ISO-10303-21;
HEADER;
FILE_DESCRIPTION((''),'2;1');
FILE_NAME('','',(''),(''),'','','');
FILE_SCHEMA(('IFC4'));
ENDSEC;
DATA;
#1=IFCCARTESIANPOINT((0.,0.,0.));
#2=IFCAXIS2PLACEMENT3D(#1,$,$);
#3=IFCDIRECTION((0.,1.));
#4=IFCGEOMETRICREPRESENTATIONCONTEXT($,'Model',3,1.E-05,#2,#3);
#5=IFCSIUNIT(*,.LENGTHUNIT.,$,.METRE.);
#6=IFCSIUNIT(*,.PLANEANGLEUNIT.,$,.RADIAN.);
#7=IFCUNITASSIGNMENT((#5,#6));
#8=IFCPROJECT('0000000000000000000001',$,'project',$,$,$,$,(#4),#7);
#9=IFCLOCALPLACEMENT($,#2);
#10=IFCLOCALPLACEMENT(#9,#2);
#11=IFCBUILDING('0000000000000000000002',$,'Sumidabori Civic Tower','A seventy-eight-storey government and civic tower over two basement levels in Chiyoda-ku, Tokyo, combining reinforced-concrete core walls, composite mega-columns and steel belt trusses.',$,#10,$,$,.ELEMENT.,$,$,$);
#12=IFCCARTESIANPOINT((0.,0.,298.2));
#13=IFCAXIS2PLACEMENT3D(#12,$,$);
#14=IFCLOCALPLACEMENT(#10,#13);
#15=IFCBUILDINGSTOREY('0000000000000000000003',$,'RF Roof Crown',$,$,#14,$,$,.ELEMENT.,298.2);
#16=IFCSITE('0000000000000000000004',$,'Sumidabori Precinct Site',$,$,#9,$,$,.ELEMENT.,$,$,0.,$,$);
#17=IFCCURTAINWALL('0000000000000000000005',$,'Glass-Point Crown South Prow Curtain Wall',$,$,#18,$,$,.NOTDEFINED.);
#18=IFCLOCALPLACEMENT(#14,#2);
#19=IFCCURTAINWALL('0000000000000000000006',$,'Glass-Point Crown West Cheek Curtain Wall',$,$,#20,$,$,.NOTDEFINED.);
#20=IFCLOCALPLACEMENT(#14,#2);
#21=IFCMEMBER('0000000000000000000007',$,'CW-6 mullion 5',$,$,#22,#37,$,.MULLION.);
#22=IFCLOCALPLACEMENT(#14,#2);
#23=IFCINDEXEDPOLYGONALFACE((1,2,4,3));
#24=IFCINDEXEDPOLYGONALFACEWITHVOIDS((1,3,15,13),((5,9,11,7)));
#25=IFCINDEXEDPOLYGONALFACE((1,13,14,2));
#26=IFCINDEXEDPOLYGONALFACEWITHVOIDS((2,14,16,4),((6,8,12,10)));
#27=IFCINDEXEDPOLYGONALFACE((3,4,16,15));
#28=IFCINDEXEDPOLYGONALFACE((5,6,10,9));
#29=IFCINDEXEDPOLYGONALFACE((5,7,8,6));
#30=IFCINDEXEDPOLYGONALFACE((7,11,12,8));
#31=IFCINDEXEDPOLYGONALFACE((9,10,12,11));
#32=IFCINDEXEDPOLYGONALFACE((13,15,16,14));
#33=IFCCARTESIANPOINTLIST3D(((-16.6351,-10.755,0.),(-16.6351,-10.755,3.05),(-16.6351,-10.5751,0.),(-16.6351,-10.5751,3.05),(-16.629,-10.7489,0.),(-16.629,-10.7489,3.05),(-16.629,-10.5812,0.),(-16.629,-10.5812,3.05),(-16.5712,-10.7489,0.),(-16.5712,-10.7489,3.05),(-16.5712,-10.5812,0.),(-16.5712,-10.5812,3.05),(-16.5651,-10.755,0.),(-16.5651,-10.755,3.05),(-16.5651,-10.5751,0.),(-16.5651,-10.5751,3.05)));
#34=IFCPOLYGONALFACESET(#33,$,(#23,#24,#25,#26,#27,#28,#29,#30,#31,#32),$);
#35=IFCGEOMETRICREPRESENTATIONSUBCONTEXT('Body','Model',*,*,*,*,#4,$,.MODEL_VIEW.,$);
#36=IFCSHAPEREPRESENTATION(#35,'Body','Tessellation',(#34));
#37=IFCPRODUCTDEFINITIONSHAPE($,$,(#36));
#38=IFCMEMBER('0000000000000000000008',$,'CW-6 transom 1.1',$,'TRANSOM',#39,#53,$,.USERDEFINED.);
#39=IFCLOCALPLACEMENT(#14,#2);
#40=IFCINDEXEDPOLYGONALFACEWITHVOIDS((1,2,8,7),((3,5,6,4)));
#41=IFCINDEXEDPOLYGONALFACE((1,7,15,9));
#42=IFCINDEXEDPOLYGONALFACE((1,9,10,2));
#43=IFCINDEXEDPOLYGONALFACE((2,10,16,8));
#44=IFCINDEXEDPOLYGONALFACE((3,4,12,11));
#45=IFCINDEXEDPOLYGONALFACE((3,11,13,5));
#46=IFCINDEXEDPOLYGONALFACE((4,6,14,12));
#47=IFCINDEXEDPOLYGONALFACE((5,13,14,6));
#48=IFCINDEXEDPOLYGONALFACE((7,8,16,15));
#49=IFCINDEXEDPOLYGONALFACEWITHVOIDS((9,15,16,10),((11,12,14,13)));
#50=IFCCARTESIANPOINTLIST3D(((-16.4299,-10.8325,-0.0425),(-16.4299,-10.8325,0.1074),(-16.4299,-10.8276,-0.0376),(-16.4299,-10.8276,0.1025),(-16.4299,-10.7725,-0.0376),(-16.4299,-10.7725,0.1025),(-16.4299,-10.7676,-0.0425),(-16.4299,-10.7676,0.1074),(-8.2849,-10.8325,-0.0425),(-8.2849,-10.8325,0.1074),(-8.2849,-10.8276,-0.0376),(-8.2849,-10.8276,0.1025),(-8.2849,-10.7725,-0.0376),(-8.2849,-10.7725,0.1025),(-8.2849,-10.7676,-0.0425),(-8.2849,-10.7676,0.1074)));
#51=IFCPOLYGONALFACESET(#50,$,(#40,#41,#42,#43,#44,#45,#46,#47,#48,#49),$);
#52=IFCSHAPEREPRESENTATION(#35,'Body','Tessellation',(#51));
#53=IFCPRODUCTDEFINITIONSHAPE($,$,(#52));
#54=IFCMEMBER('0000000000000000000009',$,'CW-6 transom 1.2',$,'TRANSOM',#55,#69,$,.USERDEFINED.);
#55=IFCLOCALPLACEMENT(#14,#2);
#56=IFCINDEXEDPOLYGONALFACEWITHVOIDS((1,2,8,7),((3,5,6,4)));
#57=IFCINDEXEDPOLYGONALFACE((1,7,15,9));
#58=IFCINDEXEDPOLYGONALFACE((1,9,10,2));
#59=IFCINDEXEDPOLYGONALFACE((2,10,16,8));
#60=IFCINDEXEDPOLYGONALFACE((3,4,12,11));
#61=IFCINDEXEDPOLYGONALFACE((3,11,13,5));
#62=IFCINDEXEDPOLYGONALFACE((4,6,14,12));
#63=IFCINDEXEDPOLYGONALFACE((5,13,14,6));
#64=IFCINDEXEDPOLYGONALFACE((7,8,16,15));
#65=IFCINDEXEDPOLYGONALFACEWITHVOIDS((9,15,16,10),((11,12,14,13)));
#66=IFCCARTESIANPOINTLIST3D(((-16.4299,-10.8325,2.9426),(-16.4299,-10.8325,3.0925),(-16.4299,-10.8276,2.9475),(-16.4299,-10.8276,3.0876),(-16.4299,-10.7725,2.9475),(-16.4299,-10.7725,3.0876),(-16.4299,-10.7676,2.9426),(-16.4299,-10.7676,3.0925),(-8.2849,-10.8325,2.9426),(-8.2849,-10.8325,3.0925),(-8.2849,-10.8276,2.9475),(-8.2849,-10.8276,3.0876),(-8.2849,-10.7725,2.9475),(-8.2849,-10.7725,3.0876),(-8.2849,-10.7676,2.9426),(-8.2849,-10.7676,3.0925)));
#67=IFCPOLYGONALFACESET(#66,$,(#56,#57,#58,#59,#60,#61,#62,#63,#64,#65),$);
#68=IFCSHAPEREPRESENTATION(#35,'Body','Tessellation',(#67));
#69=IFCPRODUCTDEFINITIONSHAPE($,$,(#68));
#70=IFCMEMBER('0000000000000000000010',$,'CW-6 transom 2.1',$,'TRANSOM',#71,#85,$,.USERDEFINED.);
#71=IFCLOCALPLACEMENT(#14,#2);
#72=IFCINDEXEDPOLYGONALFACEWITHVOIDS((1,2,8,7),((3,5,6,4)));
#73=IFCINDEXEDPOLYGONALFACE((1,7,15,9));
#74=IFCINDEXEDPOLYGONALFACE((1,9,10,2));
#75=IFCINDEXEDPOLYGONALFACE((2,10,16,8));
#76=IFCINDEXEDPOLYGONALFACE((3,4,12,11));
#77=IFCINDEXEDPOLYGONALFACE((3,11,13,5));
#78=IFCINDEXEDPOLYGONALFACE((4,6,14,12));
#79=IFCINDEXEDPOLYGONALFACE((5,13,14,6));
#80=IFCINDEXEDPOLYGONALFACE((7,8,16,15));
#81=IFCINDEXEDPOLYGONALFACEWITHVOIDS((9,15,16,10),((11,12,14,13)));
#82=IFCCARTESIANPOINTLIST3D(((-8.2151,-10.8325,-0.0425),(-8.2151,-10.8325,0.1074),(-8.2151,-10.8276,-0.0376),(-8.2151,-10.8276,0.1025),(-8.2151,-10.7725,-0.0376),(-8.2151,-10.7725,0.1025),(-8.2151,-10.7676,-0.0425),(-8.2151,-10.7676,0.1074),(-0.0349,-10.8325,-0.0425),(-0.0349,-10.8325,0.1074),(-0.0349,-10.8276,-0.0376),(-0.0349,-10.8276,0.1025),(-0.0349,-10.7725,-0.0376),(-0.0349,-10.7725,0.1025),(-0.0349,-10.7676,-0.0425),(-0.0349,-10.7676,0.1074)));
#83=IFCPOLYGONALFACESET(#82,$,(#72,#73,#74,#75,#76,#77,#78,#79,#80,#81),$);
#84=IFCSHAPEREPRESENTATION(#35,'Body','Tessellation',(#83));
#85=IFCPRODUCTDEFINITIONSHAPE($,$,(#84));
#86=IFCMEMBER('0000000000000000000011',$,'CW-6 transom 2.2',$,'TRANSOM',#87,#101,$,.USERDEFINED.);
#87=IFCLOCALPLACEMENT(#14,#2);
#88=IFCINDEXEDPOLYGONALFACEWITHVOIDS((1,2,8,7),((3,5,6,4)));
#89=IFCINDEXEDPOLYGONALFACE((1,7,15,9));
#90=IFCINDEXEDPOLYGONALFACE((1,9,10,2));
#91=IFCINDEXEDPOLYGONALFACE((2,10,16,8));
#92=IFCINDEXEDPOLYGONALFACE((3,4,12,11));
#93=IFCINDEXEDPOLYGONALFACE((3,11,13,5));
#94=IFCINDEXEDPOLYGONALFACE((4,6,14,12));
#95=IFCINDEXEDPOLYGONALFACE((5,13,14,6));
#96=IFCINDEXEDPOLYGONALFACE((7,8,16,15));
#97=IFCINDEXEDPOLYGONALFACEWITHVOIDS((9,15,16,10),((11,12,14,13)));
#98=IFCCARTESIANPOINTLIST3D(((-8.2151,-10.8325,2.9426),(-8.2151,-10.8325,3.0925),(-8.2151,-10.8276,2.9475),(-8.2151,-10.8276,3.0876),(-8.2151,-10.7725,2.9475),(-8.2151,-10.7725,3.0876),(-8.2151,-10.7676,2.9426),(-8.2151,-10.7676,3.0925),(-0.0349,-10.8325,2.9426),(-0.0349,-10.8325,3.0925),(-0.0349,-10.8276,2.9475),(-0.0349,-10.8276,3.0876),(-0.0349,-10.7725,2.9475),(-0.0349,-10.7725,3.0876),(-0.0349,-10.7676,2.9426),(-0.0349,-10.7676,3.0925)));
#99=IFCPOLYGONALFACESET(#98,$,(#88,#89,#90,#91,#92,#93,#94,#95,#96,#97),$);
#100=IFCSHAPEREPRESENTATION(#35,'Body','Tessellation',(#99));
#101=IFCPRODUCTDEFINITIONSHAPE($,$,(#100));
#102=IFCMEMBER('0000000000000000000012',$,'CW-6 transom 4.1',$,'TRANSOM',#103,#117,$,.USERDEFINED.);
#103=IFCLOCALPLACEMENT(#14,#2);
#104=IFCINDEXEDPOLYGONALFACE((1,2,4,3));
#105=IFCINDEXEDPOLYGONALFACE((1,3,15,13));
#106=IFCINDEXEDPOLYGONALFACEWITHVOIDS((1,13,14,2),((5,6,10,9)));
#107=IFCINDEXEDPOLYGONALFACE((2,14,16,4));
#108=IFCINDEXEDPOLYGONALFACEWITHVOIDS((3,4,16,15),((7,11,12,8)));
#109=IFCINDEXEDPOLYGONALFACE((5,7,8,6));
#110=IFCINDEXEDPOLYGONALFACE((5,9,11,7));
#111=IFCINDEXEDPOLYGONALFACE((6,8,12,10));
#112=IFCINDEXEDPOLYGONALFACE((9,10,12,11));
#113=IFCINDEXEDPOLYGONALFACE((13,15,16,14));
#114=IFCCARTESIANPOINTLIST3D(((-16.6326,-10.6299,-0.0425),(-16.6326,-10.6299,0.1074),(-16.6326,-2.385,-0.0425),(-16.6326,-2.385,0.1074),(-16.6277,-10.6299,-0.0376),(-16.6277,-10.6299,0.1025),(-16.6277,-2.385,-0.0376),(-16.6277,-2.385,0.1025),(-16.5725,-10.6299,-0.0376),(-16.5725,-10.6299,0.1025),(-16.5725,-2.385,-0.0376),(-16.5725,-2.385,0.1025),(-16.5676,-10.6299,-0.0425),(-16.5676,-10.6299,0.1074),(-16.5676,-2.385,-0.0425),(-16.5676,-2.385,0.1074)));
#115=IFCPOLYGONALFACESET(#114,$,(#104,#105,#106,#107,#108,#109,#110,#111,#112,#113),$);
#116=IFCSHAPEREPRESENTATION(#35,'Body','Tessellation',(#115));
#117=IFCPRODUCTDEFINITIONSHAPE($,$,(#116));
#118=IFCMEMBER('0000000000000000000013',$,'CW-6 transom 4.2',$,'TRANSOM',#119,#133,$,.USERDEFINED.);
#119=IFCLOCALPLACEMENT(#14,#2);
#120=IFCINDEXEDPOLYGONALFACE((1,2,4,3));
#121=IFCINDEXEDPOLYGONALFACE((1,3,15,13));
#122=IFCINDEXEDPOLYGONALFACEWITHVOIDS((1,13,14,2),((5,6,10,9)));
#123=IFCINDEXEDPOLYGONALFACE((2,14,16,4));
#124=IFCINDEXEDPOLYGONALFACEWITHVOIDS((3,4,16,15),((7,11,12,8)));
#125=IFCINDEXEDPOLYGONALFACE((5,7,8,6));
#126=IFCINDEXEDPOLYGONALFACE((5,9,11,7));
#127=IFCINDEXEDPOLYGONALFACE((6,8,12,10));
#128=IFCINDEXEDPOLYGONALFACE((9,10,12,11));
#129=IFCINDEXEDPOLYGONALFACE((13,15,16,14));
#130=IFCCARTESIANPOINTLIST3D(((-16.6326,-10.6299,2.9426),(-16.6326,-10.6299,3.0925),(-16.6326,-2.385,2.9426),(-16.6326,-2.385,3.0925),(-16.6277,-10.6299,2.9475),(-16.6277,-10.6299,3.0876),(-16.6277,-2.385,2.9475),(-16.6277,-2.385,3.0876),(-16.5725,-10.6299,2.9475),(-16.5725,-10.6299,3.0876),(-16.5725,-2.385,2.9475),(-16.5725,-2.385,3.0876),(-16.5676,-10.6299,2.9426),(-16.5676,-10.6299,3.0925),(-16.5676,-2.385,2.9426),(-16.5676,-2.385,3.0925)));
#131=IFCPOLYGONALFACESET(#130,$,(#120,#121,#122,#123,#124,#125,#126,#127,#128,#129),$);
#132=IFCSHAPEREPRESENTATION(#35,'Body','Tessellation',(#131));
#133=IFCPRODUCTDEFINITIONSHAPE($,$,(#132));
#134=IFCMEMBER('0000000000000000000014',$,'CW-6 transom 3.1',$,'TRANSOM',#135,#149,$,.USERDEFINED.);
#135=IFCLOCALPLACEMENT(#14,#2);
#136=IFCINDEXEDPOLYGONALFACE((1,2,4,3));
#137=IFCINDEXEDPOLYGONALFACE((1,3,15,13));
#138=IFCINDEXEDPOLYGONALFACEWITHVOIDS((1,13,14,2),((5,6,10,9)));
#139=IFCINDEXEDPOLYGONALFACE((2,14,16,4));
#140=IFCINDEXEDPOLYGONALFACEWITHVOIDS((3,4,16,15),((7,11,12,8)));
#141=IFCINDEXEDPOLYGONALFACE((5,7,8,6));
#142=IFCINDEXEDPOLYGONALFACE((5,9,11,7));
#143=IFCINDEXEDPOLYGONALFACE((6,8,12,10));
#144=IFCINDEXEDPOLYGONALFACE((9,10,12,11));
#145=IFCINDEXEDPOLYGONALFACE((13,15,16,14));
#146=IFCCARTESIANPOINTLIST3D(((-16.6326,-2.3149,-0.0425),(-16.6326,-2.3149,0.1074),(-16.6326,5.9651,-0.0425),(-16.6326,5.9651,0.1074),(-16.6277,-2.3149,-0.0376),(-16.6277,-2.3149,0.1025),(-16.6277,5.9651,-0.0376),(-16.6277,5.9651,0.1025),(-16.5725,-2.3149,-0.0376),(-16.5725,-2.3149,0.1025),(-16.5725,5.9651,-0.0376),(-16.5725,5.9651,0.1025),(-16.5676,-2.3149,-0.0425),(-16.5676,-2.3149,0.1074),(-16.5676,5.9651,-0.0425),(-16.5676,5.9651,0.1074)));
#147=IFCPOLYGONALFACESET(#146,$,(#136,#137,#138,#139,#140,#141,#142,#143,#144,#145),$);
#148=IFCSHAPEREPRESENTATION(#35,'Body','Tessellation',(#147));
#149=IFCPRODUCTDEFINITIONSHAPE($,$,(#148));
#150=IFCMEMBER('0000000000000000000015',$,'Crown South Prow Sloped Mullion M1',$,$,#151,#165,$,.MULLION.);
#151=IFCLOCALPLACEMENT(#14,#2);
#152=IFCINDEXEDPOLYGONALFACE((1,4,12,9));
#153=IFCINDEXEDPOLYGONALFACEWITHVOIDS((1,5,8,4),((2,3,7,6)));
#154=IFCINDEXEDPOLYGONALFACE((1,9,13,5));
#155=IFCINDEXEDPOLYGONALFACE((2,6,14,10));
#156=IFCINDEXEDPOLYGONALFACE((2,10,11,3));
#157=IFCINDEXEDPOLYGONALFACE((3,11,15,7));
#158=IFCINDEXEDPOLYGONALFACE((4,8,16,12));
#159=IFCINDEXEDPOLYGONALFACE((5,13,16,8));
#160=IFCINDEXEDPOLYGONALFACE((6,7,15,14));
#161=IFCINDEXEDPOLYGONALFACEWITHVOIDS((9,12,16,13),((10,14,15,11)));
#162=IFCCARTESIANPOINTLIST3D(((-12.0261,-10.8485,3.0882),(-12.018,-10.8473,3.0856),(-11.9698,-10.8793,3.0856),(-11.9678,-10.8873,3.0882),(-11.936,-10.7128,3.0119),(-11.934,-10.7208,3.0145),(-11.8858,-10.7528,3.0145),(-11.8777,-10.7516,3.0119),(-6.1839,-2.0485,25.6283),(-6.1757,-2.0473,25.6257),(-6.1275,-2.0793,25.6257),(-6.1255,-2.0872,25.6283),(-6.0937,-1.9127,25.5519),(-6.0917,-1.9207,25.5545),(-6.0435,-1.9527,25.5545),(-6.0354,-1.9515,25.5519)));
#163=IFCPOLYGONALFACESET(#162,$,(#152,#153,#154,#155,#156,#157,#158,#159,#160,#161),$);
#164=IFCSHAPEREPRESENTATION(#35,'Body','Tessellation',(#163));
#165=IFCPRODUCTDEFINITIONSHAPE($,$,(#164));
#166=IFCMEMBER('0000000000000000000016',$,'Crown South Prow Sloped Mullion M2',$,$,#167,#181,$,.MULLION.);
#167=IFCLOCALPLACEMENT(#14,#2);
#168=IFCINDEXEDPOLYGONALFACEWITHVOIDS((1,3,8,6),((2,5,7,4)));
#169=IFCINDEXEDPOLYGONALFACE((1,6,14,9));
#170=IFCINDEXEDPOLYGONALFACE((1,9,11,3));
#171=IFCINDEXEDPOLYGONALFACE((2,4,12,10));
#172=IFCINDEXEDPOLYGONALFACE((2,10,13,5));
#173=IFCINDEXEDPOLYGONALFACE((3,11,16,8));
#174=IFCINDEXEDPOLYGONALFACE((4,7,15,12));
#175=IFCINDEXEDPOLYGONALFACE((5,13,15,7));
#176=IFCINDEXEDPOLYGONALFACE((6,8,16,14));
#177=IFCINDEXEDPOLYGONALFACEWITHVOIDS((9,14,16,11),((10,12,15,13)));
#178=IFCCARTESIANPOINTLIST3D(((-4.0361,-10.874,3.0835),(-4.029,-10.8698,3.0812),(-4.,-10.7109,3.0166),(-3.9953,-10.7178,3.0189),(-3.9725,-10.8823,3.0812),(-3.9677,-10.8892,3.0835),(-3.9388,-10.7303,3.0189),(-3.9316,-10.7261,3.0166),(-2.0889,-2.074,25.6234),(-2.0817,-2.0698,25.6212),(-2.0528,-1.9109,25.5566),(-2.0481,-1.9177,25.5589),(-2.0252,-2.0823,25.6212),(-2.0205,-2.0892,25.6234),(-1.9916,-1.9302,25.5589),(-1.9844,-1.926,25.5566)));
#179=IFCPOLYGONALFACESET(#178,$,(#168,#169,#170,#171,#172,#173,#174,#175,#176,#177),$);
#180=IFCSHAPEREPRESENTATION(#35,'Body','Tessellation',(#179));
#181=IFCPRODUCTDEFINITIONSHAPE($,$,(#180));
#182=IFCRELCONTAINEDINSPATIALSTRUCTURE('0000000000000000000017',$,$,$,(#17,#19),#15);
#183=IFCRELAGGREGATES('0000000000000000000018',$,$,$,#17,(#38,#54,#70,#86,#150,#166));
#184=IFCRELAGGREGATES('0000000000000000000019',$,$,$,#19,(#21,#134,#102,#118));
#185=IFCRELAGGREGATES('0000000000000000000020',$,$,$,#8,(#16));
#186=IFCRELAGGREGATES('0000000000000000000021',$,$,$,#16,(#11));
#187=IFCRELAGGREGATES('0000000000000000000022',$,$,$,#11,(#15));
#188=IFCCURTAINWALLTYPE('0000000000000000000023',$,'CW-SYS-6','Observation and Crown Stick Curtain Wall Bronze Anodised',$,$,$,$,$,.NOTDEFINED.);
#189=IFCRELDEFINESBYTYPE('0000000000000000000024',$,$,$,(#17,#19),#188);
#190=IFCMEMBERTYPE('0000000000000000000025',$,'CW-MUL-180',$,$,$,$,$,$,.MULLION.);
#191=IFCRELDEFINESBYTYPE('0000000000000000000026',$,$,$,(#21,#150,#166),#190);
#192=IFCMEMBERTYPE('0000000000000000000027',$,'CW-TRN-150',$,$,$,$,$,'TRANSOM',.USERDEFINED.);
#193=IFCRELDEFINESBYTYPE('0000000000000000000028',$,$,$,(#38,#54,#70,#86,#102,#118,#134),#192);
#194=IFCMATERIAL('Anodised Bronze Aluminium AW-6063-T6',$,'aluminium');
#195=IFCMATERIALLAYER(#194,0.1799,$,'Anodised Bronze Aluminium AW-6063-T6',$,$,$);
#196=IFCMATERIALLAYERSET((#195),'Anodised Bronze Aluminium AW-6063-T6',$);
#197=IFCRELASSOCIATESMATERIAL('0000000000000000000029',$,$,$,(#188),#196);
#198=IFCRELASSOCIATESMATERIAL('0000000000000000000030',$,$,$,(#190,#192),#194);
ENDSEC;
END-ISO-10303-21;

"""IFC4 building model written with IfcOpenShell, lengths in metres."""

from ifc_helpers import new_model, si_unit, direction, frame, origin, origin_2d, place, context, subcontext, project, spatial, hollow_rectangle, extrude, source, transform, mapped, material, layer, layer_set, material_profile, profile_set, type_object, element, aggregate, save


model = new_model("IFC4")

# Units and contexts
model_context = context("Model", 3, precision=1e-05, world=origin(), true_north=direction((0.0, 1.0)))
body_context = subcontext(model_context, "Body", "Model", "MODEL_VIEW")
ifc_project = project(units=[si_unit("LENGTHUNIT", "METRE"), si_unit("PLANEANGLEUNIT", "RADIAN")], contexts=[model_context])

# Site, building, storey
site_placement = place(None, origin())
site = spatial("IfcSite", under=ifc_project, at=site_placement, Name="Sumidabori Precinct Site", CompositionType="ELEMENT", RefElevation=0.0)
building_placement = place(site_placement, origin())
building = spatial("IfcBuilding", under=site, at=building_placement, Name="Sumidabori Civic Tower", Description="A seventy-eight-storey government and civic tower over two basement levels in Chiyoda-ku, Tokyo, combining reinforced-concrete core walls, composite mega-columns and steel belt trusses.", CompositionType="ELEMENT")
storey_placement = place(building_placement, frame((0.0, 0.0, 298.2)))
storey = spatial("IfcBuildingStorey", under=building, at=storey_placement, Name="RF Roof Crown", CompositionType="ELEMENT", Elevation=298.2)

# Curtain walls, member
ifc_material_1 = material(Name="Anodised Bronze Aluminium AW-6063-T6", Category="aluminium")
ifc_layer_1 = layer(ifc_material_1, 0.1799, Name="Anodised Bronze Aluminium AW-6063-T6")
ifc_layer_set_1 = layer_set([ifc_layer_1], Name="Anodised Bronze Aluminium AW-6063-T6")
curtain_wall_type = type_object("IfcCurtainWallType", Name="CW-SYS-6", Description="Observation and Crown Stick Curtain Wall Bronze Anodised", PredefinedType="NOTDEFINED", material=ifc_layer_set_1)
curtain_wall_1_placement = place(storey_placement, origin())
curtain_wall_1 = element("IfcCurtainWall", 1, at=curtain_wall_1_placement, inside=storey, type_object=curtain_wall_type, Name="Glass-Point Crown South Prow Curtain Wall", PredefinedType="NOTDEFINED")
ifc_material_profile_1 = material_profile(ifc_material_1, hollow_rectangle(XDim=0.0701, YDim=0.1799, WallThickness=0.0061, at=origin_2d()), Name="ALU MULLION 180x70")
ifc_profile_set_1 = profile_set([ifc_material_profile_1], Name="Anodised Bronze Aluminium AW-6063-T6")
member_type_1 = type_object("IfcMemberType", Name="CW-MUL-180", PredefinedType="MULLION", material=ifc_profile_set_1)
shared_shape_1 = source(origin(), body_context, "Body", "SweptSolid", [
    extrude(hollow_rectangle(XDim=0.0701, YDim=0.1799, WallThickness=0.0061, at=origin_2d()), origin(), (0.0, 0.0, 1.0), 3.05),
])
curtain_wall_2_placement = place(storey_placement, origin())
curtain_wall_2 = element("IfcCurtainWall", 2, at=curtain_wall_2_placement, inside=storey, type_object=curtain_wall_type, Name="Glass-Point Crown West Cheek Curtain Wall", PredefinedType="NOTDEFINED")
member_1_placement = place(storey_placement, frame((-16.6001, -10.665, 0.0), z_axis=(0.0, 0.0, 1.0), x_axis=(1.0, 0.0, 0.0)))
member_1 = element("IfcMember", 3, at=member_1_placement, type_object=member_type_1, Name="CW-6 mullion 5", PredefinedType="MULLION", context=body_context, shape_type="MappedRepresentation", body=[
    mapped(shared_shape_1, transform((0.0, 0.0, 0.0), x_axis=(1.0, 0.0, 0.0), y_axis=(0.0, 1.0, 0.0), z_axis=(0.0, 0.0, 1.0), scale=1.0)),
])

# Members
ifc_material_profile_2 = material_profile(ifc_material_1, hollow_rectangle(XDim=0.0649, YDim=0.1499, WallThickness=0.0049, at=origin_2d()), Name="ALU TRANSOM 150x65")
ifc_profile_set_2 = profile_set([ifc_material_profile_2], Name="Anodised Bronze Aluminium AW-6063-T6")
member_type_2 = type_object("IfcMemberType", Name="CW-TRN-150", ElementType="TRANSOM", PredefinedType="USERDEFINED", material=ifc_profile_set_2)
shared_shape_2 = source(origin(), body_context, "Body", "SweptSolid", [
    extrude(hollow_rectangle(XDim=0.0649, YDim=0.1499, WallThickness=0.0049, at=origin_2d()), origin(), (0.0, 0.0, 1.0), 8.145),
])
member_2_placement = place(storey_placement, frame((-16.4299, -10.8, 0.0325), z_axis=(1.0, 0.0, 0.0), x_axis=(0.0, 1.0, 0.0)))
member_2 = element("IfcMember", 4, at=member_2_placement, type_object=member_type_2, Name="CW-6 transom 1.1", ObjectType="TRANSOM", PredefinedType="USERDEFINED", context=body_context, shape_type="MappedRepresentation", body=[
    mapped(shared_shape_2, transform((0.0, 0.0, 0.0), x_axis=(1.0, 0.0, 0.0), y_axis=(0.0, 1.0, 0.0), z_axis=(0.0, 0.0, 1.0), scale=1.0)),
])
member_3_placement = place(storey_placement, frame((-16.4299, -10.8, 3.0176), z_axis=(1.0, 0.0, 0.0), x_axis=(0.0, 1.0, 0.0)))
member_3 = element("IfcMember", 5, at=member_3_placement, type_object=member_type_2, Name="CW-6 transom 1.2", ObjectType="TRANSOM", PredefinedType="USERDEFINED", context=body_context, shape_type="MappedRepresentation", body=[
    mapped(shared_shape_2, transform((0.0, 0.0, 0.0), x_axis=(1.0, 0.0, 0.0), y_axis=(0.0, 1.0, 0.0), z_axis=(0.0, 0.0, 1.0), scale=1.0)),
])
shared_shape_3 = source(origin(), body_context, "Body", "SweptSolid", [
    extrude(hollow_rectangle(XDim=0.0649, YDim=0.1499, WallThickness=0.0049, at=origin_2d()), origin(), (0.0, 0.0, 1.0), 8.1802),
])
member_4_placement = place(storey_placement, frame((-8.2151, -10.8, 0.0325), z_axis=(1.0, 0.0, 0.0), x_axis=(0.0, 1.0, 0.0)))
member_4 = element("IfcMember", 6, at=member_4_placement, type_object=member_type_2, Name="CW-6 transom 2.1", ObjectType="TRANSOM", PredefinedType="USERDEFINED", context=body_context, shape_type="MappedRepresentation", body=[
    mapped(shared_shape_3, transform((0.0, 0.0, 0.0), x_axis=(1.0, 0.0, 0.0), y_axis=(0.0, 1.0, 0.0), z_axis=(0.0, 0.0, 1.0), scale=1.0)),
])
member_5_placement = place(storey_placement, frame((-8.2151, -10.8, 3.0176), z_axis=(1.0, 0.0, 0.0), x_axis=(0.0, 1.0, 0.0)))
member_5 = element("IfcMember", 7, at=member_5_placement, type_object=member_type_2, Name="CW-6 transom 2.2", ObjectType="TRANSOM", PredefinedType="USERDEFINED", context=body_context, shape_type="MappedRepresentation", body=[
    mapped(shared_shape_3, transform((0.0, 0.0, 0.0), x_axis=(1.0, 0.0, 0.0), y_axis=(0.0, 1.0, 0.0), z_axis=(0.0, 0.0, 1.0), scale=1.0)),
])
shared_shape_4 = source(origin(), body_context, "Body", "SweptSolid", [
    extrude(hollow_rectangle(XDim=0.0649, YDim=0.1499, WallThickness=0.0049, at=origin_2d()), origin(), (0.0, 0.0, 1.0), 8.2449),
])
member_6_placement = place(storey_placement, frame((-16.6001, -2.385, 0.0325), z_axis=(0.0, -1.0, 0.0), x_axis=(1.0, 0.0, 0.0)))
member_6 = element("IfcMember", 8, at=member_6_placement, type_object=member_type_2, Name="CW-6 transom 4.1", ObjectType="TRANSOM", PredefinedType="USERDEFINED", context=body_context, shape_type="MappedRepresentation", body=[
    mapped(shared_shape_4, transform((0.0, 0.0, 0.0), x_axis=(1.0, 0.0, 0.0), y_axis=(0.0, 1.0, 0.0), z_axis=(0.0, 0.0, 1.0), scale=1.0)),
])
member_7_placement = place(storey_placement, frame((-16.6001, -2.385, 3.0176), z_axis=(0.0, -1.0, 0.0), x_axis=(1.0, 0.0, 0.0)))
member_7 = element("IfcMember", 9, at=member_7_placement, type_object=member_type_2, Name="CW-6 transom 4.2", ObjectType="TRANSOM", PredefinedType="USERDEFINED", context=body_context, shape_type="MappedRepresentation", body=[
    mapped(shared_shape_4, transform((0.0, 0.0, 0.0), x_axis=(1.0, 0.0, 0.0), y_axis=(0.0, 1.0, 0.0), z_axis=(0.0, 0.0, 1.0), scale=1.0)),
])
shared_shape_5 = source(origin(), body_context, "Body", "SweptSolid", [
    extrude(hollow_rectangle(XDim=0.0649, YDim=0.1499, WallThickness=0.0049, at=origin_2d()), origin(), (0.0, 0.0, 1.0), 8.28),
])
member_8_placement = place(storey_placement, frame((-16.6001, 5.9651, 0.0325), z_axis=(0.0, -1.0, 0.0), x_axis=(1.0, 0.0, 0.0)))
member_8 = element("IfcMember", 10, at=member_8_placement, type_object=member_type_2, Name="CW-6 transom 3.1", ObjectType="TRANSOM", PredefinedType="USERDEFINED", context=body_context, shape_type="MappedRepresentation", body=[
    mapped(shared_shape_5, transform((0.0, 0.0, 0.0), x_axis=(1.0, 0.0, 0.0), y_axis=(0.0, 1.0, 0.0), z_axis=(0.0, 0.0, 1.0), scale=1.0)),
])
shared_shape_6 = source(origin(), body_context, "Body", "SweptSolid", [
    extrude(hollow_rectangle(XDim=0.0701, YDim=0.1799, WallThickness=0.0061, at=origin_2d()), origin(), (0.0, 0.0, 1.0), 24.8923),
])
member_9_placement = place(storey_placement, frame((-11.9519, -10.8, 3.05), z_axis=(0.234703, 0.353525, 0.905503), x_axis=(-0.833116, 0.553099, 0.0)))
member_9 = element("IfcMember", 11, at=member_9_placement, type_object=member_type_1, Name="Crown South Prow Sloped Mullion M1", PredefinedType="MULLION", context=body_context, shape_type="MappedRepresentation", body=[
    mapped(shared_shape_6, transform((0.0, 0.0, 0.0), x_axis=(1.0, 0.0, 0.0), y_axis=(0.0, 1.0, 0.0), z_axis=(0.0, 0.0, 1.0), scale=1.0)),
])
shared_shape_7 = source(origin(), body_context, "Body", "SweptSolid", [
    extrude(hollow_rectangle(XDim=0.0701, YDim=0.1799, WallThickness=0.0061, at=origin_2d()), origin(), (0.0, 0.0, 1.0), 24.2751),
])
member_10_placement = place(storey_placement, frame((-3.9839, -10.8, 3.05), z_axis=(0.080216, 0.362512, 0.928521), x_axis=(-0.976382, 0.216053, 0.0)))
member_10 = element("IfcMember", 12, at=member_10_placement, type_object=member_type_1, Name="Crown South Prow Sloped Mullion M2", PredefinedType="MULLION", context=body_context, shape_type="MappedRepresentation", body=[
    mapped(shared_shape_7, transform((0.0, 0.0, 0.0), x_axis=(1.0, 0.0, 0.0), y_axis=(0.0, 1.0, 0.0), z_axis=(0.0, 0.0, 1.0), scale=1.0)),
])

aggregate(curtain_wall_1, [member_2, member_3, member_4, member_5, member_9, member_10])
aggregate(curtain_wall_2, [member_1, member_8, member_6, member_7])

save(model, "model.ifc")
